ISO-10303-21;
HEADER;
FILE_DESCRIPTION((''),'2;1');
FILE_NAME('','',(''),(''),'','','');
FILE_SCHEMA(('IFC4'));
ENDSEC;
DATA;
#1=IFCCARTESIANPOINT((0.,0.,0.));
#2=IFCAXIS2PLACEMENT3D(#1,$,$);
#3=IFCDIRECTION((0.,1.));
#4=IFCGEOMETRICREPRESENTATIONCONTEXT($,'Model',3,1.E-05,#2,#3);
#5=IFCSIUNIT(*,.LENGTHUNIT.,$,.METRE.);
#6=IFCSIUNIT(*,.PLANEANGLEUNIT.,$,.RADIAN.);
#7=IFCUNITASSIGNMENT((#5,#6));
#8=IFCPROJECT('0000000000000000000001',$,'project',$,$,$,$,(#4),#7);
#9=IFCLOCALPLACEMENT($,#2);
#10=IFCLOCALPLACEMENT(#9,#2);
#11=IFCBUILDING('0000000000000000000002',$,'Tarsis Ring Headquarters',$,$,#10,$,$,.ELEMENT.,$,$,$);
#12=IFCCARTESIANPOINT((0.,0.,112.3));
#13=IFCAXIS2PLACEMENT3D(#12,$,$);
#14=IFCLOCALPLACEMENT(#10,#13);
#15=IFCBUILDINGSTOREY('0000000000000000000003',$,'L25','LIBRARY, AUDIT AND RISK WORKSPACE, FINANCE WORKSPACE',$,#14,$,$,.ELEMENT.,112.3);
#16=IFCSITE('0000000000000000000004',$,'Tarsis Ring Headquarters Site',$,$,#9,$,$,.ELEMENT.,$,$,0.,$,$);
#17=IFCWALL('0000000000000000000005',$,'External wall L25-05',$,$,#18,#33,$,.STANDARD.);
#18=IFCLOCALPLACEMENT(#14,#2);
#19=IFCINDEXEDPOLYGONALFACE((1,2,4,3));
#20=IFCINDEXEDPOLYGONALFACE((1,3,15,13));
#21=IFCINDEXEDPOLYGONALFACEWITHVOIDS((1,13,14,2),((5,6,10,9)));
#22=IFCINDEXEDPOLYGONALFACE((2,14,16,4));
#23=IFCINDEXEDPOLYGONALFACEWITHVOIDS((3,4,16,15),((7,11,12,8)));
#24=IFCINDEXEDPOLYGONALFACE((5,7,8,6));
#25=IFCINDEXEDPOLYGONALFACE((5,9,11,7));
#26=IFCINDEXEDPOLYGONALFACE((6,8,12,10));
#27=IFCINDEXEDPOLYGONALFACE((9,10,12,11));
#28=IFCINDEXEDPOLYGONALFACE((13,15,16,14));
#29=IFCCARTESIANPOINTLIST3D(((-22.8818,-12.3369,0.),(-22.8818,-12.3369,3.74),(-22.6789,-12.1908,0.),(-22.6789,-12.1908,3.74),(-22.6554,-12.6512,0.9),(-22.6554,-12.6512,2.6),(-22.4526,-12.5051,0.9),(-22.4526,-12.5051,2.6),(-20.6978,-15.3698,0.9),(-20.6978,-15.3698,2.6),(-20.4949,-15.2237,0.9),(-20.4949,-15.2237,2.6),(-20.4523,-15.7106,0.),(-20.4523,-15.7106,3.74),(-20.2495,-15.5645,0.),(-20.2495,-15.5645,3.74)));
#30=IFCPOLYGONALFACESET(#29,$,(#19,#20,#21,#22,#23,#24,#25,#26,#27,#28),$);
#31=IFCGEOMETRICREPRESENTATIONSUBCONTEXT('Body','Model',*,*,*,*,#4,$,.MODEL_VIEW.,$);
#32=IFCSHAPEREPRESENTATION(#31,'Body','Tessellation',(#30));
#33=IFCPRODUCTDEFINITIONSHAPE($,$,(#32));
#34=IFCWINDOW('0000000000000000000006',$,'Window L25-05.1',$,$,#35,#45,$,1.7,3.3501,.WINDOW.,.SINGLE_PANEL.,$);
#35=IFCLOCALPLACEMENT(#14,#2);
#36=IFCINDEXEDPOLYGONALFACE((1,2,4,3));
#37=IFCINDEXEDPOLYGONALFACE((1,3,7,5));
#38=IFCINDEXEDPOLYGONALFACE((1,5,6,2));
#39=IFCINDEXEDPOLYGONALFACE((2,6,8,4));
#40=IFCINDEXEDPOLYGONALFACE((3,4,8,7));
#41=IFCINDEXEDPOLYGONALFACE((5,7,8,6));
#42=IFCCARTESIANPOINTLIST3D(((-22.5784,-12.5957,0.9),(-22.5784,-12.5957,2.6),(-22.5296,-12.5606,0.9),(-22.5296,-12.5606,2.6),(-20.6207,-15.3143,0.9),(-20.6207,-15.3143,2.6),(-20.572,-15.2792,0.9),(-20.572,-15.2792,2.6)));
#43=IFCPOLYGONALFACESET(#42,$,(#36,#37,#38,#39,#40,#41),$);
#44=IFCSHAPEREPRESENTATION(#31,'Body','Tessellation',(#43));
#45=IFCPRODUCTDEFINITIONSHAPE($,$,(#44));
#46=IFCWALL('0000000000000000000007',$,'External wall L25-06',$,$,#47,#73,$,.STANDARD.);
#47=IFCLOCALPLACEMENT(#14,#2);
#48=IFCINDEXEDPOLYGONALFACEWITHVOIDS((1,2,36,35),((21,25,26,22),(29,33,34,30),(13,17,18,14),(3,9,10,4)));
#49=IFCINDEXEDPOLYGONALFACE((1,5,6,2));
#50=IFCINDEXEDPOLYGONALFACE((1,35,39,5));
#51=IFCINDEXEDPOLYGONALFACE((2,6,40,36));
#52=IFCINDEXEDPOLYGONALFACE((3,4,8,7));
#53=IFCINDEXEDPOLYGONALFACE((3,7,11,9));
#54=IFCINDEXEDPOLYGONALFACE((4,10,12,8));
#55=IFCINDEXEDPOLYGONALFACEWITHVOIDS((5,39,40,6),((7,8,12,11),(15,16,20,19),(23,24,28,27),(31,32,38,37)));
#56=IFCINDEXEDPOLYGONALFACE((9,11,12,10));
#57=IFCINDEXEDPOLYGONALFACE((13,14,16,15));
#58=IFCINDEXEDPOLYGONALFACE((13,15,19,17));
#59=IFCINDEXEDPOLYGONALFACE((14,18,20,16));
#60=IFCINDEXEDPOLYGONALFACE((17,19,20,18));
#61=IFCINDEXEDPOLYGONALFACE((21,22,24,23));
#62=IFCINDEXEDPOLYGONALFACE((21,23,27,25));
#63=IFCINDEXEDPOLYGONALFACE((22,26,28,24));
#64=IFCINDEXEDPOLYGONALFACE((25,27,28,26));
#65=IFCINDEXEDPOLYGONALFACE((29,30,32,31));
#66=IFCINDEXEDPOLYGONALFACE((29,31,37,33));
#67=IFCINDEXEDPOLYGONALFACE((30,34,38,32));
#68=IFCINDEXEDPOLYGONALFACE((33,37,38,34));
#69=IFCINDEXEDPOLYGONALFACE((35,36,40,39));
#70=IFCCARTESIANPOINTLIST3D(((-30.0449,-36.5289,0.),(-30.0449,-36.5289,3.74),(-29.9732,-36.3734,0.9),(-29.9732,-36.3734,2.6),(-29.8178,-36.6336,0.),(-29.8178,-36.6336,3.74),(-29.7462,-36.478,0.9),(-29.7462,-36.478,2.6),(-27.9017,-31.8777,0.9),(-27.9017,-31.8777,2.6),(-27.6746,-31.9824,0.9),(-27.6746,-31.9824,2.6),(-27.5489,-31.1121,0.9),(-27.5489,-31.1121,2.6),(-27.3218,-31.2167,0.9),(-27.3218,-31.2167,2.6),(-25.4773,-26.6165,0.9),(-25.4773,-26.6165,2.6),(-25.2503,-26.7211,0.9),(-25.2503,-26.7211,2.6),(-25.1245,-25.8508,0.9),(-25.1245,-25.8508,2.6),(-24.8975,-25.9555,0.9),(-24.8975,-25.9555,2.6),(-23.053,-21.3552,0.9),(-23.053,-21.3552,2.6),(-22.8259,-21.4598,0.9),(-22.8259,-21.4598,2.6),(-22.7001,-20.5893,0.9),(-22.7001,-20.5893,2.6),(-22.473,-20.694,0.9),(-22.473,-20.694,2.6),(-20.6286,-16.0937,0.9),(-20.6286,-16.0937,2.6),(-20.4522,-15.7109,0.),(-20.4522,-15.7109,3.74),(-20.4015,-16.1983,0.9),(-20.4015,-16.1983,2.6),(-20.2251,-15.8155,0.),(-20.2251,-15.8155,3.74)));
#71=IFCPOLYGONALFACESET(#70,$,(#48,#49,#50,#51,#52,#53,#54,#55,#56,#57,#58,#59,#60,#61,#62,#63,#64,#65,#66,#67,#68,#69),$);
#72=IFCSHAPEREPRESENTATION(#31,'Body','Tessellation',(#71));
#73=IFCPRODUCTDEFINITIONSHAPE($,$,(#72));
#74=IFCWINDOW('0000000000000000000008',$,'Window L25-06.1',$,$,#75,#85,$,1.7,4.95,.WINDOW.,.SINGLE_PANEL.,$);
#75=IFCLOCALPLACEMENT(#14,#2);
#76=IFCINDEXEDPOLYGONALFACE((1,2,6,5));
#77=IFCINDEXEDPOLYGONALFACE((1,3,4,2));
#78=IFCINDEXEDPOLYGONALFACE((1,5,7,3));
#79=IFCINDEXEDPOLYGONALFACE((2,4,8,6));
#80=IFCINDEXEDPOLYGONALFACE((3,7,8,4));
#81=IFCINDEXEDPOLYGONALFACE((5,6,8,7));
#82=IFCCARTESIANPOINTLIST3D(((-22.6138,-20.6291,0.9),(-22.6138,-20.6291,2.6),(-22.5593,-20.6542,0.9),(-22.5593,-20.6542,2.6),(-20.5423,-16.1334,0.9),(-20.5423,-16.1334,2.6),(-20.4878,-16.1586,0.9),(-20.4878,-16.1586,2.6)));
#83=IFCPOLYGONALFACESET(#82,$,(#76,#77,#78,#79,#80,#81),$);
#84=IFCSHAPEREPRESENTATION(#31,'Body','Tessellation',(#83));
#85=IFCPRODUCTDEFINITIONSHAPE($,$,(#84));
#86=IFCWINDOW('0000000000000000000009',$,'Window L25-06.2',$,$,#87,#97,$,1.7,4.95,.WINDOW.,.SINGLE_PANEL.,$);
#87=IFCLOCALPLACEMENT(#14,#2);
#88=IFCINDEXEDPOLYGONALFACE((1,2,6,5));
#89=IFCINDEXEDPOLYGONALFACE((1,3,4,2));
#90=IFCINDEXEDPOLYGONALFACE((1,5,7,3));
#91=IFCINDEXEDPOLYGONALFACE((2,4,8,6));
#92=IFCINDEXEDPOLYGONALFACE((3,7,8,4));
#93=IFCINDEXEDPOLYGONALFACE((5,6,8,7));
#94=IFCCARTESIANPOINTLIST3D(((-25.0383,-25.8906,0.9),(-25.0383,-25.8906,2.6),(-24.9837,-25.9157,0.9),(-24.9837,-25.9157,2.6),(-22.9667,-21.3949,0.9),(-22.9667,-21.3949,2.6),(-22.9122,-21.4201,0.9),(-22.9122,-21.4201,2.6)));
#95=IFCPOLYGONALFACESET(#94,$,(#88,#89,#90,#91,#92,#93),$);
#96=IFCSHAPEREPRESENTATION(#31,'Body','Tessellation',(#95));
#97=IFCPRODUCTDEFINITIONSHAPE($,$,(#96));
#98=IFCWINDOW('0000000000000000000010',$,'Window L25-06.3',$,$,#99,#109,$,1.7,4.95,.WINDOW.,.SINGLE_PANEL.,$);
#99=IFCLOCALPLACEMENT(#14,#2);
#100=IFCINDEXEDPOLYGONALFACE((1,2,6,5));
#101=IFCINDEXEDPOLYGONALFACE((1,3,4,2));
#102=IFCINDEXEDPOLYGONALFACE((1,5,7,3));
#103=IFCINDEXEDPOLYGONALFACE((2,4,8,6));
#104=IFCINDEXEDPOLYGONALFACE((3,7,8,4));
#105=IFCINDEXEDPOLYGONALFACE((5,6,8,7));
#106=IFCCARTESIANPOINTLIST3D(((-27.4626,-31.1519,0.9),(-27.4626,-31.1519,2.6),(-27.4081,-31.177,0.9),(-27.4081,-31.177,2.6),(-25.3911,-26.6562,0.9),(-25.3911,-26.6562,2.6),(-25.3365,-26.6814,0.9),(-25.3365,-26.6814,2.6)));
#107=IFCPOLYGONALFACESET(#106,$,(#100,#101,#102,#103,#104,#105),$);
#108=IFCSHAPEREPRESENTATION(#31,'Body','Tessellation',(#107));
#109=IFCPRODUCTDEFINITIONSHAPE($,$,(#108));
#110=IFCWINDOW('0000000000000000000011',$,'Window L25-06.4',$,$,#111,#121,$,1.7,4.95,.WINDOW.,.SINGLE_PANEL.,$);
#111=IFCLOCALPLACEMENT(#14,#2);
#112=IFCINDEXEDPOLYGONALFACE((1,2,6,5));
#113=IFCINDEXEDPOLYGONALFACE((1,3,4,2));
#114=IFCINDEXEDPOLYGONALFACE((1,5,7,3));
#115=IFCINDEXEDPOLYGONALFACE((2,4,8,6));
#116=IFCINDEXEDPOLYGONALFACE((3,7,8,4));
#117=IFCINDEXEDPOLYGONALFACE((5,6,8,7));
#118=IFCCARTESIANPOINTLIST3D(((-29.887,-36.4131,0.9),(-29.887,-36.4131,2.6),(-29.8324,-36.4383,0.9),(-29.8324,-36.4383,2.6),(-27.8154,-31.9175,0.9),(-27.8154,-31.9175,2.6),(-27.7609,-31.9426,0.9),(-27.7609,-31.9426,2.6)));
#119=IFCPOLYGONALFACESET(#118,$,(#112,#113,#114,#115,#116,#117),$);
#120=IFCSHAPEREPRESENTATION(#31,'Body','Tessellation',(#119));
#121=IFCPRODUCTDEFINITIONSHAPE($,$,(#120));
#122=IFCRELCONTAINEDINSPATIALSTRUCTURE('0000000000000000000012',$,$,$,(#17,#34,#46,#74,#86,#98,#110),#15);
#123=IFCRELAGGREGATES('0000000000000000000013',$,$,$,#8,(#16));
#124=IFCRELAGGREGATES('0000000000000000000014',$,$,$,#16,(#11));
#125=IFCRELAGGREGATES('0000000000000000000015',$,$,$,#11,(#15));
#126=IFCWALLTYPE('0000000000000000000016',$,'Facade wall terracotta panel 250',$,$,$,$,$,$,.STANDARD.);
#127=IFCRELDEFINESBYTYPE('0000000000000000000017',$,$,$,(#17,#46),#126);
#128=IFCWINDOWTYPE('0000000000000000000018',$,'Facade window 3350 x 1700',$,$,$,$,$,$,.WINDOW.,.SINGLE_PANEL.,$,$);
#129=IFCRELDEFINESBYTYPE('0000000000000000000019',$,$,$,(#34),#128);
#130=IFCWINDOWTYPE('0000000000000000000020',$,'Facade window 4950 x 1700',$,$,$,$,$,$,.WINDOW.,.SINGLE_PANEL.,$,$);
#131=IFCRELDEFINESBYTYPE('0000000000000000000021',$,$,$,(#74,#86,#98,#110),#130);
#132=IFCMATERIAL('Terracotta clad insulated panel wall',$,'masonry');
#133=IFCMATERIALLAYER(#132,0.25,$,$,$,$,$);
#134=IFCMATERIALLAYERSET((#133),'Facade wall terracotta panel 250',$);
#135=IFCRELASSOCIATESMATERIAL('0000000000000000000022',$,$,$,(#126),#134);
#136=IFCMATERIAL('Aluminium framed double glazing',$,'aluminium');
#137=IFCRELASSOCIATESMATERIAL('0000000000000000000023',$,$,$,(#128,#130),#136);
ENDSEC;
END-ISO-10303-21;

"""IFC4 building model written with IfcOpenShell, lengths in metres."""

from ifc_helpers import new_model, si_unit, direction, frame, frame_2d, origin, place, context, subcontext, project, spatial, rectangle, extrude, material, layer, layer_set, type_object, element, fill, save


model = new_model("IFC4")

# Units and contexts
model_context = context("Model", 3, precision=1e-05, world=origin(), true_north=direction((0.0, 1.0)))
body_context = subcontext(model_context, "Body", "Model", "MODEL_VIEW")
ifc_project = project(units=[si_unit("LENGTHUNIT", "METRE"), si_unit("PLANEANGLEUNIT", "RADIAN")], contexts=[model_context])

# Site, building, storey
site_placement = place(None, origin())
site = spatial("IfcSite", under=ifc_project, at=site_placement, Name="Tarsis Ring Headquarters Site", CompositionType="ELEMENT", RefElevation=0.0)
building_placement = place(site_placement, origin())
building = spatial("IfcBuilding", under=site, at=building_placement, Name="Tarsis Ring Headquarters", CompositionType="ELEMENT")
storey_placement = place(building_placement, frame((0.0, 0.0, 112.3)))
storey = spatial("IfcBuildingStorey", under=building, at=storey_placement, Name="L25", Description="LIBRARY, AUDIT AND RISK WORKSPACE, FINANCE WORKSPACE", CompositionType="ELEMENT", Elevation=112.3)

# Wall, opening, window
ifc_material_1 = material(Name="Terracotta clad insulated panel wall", Category="masonry")
ifc_layer_1 = layer(ifc_material_1, 0.25)
ifc_layer_set_1 = layer_set([ifc_layer_1], Name="Facade wall terracotta panel 250")
wall_type_1 = type_object("IfcWallType", Name="Facade wall terracotta panel 250", PredefinedType="STANDARD", material=ifc_layer_set_1)
wall_1_placement = place(storey_placement, frame((-22.7803, -12.2639, 0.0), z_axis=(0.0, 0.0, 1.0), x_axis=(0.584356, -0.811498, 0.0)))
wall_1 = element("IfcWall", 1, at=wall_1_placement, inside=storey, type_object=wall_type_1, Name="External wall L25-05", PredefinedType="STANDARD", context=body_context, shape_type="SweptSolid", body=[
    extrude(rectangle(XDim=4.1575, YDim=0.25, at=frame_2d((2.0786, 0.0))), origin(), (0.0, 0.0, 1.0), 3.74),
])
opening_1_placement = place(wall_1_placement, frame((0.3872, 0.0, 0.8999)))
opening_1 = element("IfcOpeningElement", 2, at=opening_1_placement, cuts=wall_1, PredefinedType="OPENING", context=body_context, shape_type="SweptSolid", body=[
    extrude(rectangle(XDim=3.3501, YDim=1.7, at=frame_2d((1.675, 0.8501))), frame((0.0, 0.135, 0.0), z_axis=(0.0, -1.0, 0.0), x_axis=(1.0, 0.0, 0.0)), (0.0, 0.0, 1.0), 0.27),
])
ifc_material_2 = material(Name="Aluminium framed double glazing", Category="aluminium")
window_type_1 = type_object("IfcWindowType", Name="Facade window 3350 x 1700", PartitioningType="SINGLE_PANEL", PredefinedType="WINDOW", material=ifc_material_2)
window_1_placement = place(opening_1_placement, origin())
window_1 = element("IfcWindow", 3, at=window_1_placement, inside=storey, type_object=window_type_1, Name="Window L25-05.1", OverallHeight=1.7, OverallWidth=3.3501, PartitioningType="SINGLE_PANEL", PredefinedType="WINDOW", context=body_context, shape_type="SweptSolid", body=[
    extrude(rectangle(XDim=3.3501, YDim=1.7, at=frame_2d((1.675, 0.8501))), frame((0.0, 0.03, 0.0), z_axis=(0.0, -1.0, 0.0), x_axis=(1.0, 0.0, 0.0)), (0.0, 0.0, 1.0), 0.0601),
])
fill(opening_1, window_1)

# Wall, openings, windows
wall_2_placement = place(storey_placement, frame((-20.3386, -15.7632, 0.0), z_axis=(0.0, 0.0, 1.0), x_axis=(-0.418497, -0.908218, 0.0)))
wall_2 = element("IfcWall", 4, at=wall_2_placement, inside=storey, type_object=wall_type_1, Name="External wall L25-06", PredefinedType="STANDARD", context=body_context, shape_type="SweptSolid", body=[
    extrude(rectangle(XDim=22.9219, YDim=0.25, at=frame_2d((11.4609, 0.0))), origin(), (0.0, 0.0, 1.0), 3.74),
])
opening_2_placement = place(wall_2_placement, frame((0.4214, 0.0, 0.8999)))
opening_2 = element("IfcOpeningElement", 5, at=opening_2_placement, cuts=wall_2, PredefinedType="OPENING", context=body_context, shape_type="SweptSolid", body=[
    extrude(rectangle(XDim=4.95, YDim=1.7, at=frame_2d((2.4751, 0.8501))), frame((0.0, 0.135, 0.0), z_axis=(0.0, -1.0, 0.0), x_axis=(1.0, 0.0, 0.0)), (0.0, 0.0, 1.0), 0.27),
])
opening_3_placement = place(wall_2_placement, frame((6.2146, 0.0, 0.8999)))
opening_3 = element("IfcOpeningElement", 6, at=opening_3_placement, cuts=wall_2, PredefinedType="OPENING", context=body_context, shape_type="SweptSolid", body=[
    extrude(rectangle(XDim=4.95, YDim=1.7, at=frame_2d((2.4751, 0.8501))), frame((0.0, 0.135, 0.0), z_axis=(0.0, -1.0, 0.0), x_axis=(1.0, 0.0, 0.0)), (0.0, 0.0, 1.0), 0.27),
])
opening_4_placement = place(wall_2_placement, frame((12.0076, 0.0, 0.8999)))
opening_4 = element("IfcOpeningElement", 7, at=opening_4_placement, cuts=wall_2, PredefinedType="OPENING", context=body_context, shape_type="SweptSolid", body=[
    extrude(rectangle(XDim=4.95, YDim=1.7, at=frame_2d((2.4751, 0.8501))), frame((0.0, 0.135, 0.0), z_axis=(0.0, -1.0, 0.0), x_axis=(1.0, 0.0, 0.0)), (0.0, 0.0, 1.0), 0.27),
])
opening_5_placement = place(wall_2_placement, frame((17.8005, 0.0, 0.8999)))
opening_5 = element("IfcOpeningElement", 8, at=opening_5_placement, cuts=wall_2, PredefinedType="OPENING", context=body_context, shape_type="SweptSolid", body=[
    extrude(rectangle(XDim=4.95, YDim=1.7, at=frame_2d((2.4751, 0.8501))), frame((0.0, 0.135, 0.0), z_axis=(0.0, -1.0, 0.0), x_axis=(1.0, 0.0, 0.0)), (0.0, 0.0, 1.0), 0.27),
])
window_type_2 = type_object("IfcWindowType", Name="Facade window 4950 x 1700", PartitioningType="SINGLE_PANEL", PredefinedType="WINDOW", material=ifc_material_2)
window_2_placement = place(opening_2_placement, origin())
window_2 = element("IfcWindow", 9, at=window_2_placement, inside=storey, type_object=window_type_2, Name="Window L25-06.1", OverallHeight=1.7, OverallWidth=4.95, PartitioningType="SINGLE_PANEL", PredefinedType="WINDOW", context=body_context, shape_type="SweptSolid", body=[
    extrude(rectangle(XDim=4.95, YDim=1.7, at=frame_2d((2.4751, 0.8501))), frame((0.0, 0.03, 0.0), z_axis=(0.0, -1.0, 0.0), x_axis=(1.0, 0.0, 0.0)), (0.0, 0.0, 1.0), 0.0601),
])
fill(opening_2, window_2)
window_3_placement = place(opening_3_placement, origin())
window_3 = element("IfcWindow", 10, at=window_3_placement, inside=storey, type_object=window_type_2, Name="Window L25-06.2", OverallHeight=1.7, OverallWidth=4.95, PartitioningType="SINGLE_PANEL", PredefinedType="WINDOW", context=body_context, shape_type="SweptSolid", body=[
    extrude(rectangle(XDim=4.95, YDim=1.7, at=frame_2d((2.4751, 0.8501))), frame((0.0, 0.03, 0.0), z_axis=(0.0, -1.0, 0.0), x_axis=(1.0, 0.0, 0.0)), (0.0, 0.0, 1.0), 0.0601),
])
fill(opening_3, window_3)
window_4_placement = place(opening_4_placement, origin())
window_4 = element("IfcWindow", 11, at=window_4_placement, inside=storey, type_object=window_type_2, Name="Window L25-06.3", OverallHeight=1.7, OverallWidth=4.95, PartitioningType="SINGLE_PANEL", PredefinedType="WINDOW", context=body_context, shape_type="SweptSolid", body=[
    extrude(rectangle(XDim=4.95, YDim=1.7, at=frame_2d((2.4751, 0.8501))), frame((0.0, 0.03, 0.0), z_axis=(0.0, -1.0, 0.0), x_axis=(1.0, 0.0, 0.0)), (0.0, 0.0, 1.0), 0.0601),
])
fill(opening_4, window_4)
window_5_placement = place(opening_5_placement, origin())
window_5 = element("IfcWindow", 12, at=window_5_placement, inside=storey, type_object=window_type_2, Name="Window L25-06.4", OverallHeight=1.7, OverallWidth=4.95, PartitioningType="SINGLE_PANEL", PredefinedType="WINDOW", context=body_context, shape_type="SweptSolid", body=[
    extrude(rectangle(XDim=4.95, YDim=1.7, at=frame_2d((2.4751, 0.8501))), frame((0.0, 0.03, 0.0), z_axis=(0.0, -1.0, 0.0), x_axis=(1.0, 0.0, 0.0)), (0.0, 0.0, 1.0), 0.0601),
])
fill(opening_5, window_5)

save(model, "model.ifc")
